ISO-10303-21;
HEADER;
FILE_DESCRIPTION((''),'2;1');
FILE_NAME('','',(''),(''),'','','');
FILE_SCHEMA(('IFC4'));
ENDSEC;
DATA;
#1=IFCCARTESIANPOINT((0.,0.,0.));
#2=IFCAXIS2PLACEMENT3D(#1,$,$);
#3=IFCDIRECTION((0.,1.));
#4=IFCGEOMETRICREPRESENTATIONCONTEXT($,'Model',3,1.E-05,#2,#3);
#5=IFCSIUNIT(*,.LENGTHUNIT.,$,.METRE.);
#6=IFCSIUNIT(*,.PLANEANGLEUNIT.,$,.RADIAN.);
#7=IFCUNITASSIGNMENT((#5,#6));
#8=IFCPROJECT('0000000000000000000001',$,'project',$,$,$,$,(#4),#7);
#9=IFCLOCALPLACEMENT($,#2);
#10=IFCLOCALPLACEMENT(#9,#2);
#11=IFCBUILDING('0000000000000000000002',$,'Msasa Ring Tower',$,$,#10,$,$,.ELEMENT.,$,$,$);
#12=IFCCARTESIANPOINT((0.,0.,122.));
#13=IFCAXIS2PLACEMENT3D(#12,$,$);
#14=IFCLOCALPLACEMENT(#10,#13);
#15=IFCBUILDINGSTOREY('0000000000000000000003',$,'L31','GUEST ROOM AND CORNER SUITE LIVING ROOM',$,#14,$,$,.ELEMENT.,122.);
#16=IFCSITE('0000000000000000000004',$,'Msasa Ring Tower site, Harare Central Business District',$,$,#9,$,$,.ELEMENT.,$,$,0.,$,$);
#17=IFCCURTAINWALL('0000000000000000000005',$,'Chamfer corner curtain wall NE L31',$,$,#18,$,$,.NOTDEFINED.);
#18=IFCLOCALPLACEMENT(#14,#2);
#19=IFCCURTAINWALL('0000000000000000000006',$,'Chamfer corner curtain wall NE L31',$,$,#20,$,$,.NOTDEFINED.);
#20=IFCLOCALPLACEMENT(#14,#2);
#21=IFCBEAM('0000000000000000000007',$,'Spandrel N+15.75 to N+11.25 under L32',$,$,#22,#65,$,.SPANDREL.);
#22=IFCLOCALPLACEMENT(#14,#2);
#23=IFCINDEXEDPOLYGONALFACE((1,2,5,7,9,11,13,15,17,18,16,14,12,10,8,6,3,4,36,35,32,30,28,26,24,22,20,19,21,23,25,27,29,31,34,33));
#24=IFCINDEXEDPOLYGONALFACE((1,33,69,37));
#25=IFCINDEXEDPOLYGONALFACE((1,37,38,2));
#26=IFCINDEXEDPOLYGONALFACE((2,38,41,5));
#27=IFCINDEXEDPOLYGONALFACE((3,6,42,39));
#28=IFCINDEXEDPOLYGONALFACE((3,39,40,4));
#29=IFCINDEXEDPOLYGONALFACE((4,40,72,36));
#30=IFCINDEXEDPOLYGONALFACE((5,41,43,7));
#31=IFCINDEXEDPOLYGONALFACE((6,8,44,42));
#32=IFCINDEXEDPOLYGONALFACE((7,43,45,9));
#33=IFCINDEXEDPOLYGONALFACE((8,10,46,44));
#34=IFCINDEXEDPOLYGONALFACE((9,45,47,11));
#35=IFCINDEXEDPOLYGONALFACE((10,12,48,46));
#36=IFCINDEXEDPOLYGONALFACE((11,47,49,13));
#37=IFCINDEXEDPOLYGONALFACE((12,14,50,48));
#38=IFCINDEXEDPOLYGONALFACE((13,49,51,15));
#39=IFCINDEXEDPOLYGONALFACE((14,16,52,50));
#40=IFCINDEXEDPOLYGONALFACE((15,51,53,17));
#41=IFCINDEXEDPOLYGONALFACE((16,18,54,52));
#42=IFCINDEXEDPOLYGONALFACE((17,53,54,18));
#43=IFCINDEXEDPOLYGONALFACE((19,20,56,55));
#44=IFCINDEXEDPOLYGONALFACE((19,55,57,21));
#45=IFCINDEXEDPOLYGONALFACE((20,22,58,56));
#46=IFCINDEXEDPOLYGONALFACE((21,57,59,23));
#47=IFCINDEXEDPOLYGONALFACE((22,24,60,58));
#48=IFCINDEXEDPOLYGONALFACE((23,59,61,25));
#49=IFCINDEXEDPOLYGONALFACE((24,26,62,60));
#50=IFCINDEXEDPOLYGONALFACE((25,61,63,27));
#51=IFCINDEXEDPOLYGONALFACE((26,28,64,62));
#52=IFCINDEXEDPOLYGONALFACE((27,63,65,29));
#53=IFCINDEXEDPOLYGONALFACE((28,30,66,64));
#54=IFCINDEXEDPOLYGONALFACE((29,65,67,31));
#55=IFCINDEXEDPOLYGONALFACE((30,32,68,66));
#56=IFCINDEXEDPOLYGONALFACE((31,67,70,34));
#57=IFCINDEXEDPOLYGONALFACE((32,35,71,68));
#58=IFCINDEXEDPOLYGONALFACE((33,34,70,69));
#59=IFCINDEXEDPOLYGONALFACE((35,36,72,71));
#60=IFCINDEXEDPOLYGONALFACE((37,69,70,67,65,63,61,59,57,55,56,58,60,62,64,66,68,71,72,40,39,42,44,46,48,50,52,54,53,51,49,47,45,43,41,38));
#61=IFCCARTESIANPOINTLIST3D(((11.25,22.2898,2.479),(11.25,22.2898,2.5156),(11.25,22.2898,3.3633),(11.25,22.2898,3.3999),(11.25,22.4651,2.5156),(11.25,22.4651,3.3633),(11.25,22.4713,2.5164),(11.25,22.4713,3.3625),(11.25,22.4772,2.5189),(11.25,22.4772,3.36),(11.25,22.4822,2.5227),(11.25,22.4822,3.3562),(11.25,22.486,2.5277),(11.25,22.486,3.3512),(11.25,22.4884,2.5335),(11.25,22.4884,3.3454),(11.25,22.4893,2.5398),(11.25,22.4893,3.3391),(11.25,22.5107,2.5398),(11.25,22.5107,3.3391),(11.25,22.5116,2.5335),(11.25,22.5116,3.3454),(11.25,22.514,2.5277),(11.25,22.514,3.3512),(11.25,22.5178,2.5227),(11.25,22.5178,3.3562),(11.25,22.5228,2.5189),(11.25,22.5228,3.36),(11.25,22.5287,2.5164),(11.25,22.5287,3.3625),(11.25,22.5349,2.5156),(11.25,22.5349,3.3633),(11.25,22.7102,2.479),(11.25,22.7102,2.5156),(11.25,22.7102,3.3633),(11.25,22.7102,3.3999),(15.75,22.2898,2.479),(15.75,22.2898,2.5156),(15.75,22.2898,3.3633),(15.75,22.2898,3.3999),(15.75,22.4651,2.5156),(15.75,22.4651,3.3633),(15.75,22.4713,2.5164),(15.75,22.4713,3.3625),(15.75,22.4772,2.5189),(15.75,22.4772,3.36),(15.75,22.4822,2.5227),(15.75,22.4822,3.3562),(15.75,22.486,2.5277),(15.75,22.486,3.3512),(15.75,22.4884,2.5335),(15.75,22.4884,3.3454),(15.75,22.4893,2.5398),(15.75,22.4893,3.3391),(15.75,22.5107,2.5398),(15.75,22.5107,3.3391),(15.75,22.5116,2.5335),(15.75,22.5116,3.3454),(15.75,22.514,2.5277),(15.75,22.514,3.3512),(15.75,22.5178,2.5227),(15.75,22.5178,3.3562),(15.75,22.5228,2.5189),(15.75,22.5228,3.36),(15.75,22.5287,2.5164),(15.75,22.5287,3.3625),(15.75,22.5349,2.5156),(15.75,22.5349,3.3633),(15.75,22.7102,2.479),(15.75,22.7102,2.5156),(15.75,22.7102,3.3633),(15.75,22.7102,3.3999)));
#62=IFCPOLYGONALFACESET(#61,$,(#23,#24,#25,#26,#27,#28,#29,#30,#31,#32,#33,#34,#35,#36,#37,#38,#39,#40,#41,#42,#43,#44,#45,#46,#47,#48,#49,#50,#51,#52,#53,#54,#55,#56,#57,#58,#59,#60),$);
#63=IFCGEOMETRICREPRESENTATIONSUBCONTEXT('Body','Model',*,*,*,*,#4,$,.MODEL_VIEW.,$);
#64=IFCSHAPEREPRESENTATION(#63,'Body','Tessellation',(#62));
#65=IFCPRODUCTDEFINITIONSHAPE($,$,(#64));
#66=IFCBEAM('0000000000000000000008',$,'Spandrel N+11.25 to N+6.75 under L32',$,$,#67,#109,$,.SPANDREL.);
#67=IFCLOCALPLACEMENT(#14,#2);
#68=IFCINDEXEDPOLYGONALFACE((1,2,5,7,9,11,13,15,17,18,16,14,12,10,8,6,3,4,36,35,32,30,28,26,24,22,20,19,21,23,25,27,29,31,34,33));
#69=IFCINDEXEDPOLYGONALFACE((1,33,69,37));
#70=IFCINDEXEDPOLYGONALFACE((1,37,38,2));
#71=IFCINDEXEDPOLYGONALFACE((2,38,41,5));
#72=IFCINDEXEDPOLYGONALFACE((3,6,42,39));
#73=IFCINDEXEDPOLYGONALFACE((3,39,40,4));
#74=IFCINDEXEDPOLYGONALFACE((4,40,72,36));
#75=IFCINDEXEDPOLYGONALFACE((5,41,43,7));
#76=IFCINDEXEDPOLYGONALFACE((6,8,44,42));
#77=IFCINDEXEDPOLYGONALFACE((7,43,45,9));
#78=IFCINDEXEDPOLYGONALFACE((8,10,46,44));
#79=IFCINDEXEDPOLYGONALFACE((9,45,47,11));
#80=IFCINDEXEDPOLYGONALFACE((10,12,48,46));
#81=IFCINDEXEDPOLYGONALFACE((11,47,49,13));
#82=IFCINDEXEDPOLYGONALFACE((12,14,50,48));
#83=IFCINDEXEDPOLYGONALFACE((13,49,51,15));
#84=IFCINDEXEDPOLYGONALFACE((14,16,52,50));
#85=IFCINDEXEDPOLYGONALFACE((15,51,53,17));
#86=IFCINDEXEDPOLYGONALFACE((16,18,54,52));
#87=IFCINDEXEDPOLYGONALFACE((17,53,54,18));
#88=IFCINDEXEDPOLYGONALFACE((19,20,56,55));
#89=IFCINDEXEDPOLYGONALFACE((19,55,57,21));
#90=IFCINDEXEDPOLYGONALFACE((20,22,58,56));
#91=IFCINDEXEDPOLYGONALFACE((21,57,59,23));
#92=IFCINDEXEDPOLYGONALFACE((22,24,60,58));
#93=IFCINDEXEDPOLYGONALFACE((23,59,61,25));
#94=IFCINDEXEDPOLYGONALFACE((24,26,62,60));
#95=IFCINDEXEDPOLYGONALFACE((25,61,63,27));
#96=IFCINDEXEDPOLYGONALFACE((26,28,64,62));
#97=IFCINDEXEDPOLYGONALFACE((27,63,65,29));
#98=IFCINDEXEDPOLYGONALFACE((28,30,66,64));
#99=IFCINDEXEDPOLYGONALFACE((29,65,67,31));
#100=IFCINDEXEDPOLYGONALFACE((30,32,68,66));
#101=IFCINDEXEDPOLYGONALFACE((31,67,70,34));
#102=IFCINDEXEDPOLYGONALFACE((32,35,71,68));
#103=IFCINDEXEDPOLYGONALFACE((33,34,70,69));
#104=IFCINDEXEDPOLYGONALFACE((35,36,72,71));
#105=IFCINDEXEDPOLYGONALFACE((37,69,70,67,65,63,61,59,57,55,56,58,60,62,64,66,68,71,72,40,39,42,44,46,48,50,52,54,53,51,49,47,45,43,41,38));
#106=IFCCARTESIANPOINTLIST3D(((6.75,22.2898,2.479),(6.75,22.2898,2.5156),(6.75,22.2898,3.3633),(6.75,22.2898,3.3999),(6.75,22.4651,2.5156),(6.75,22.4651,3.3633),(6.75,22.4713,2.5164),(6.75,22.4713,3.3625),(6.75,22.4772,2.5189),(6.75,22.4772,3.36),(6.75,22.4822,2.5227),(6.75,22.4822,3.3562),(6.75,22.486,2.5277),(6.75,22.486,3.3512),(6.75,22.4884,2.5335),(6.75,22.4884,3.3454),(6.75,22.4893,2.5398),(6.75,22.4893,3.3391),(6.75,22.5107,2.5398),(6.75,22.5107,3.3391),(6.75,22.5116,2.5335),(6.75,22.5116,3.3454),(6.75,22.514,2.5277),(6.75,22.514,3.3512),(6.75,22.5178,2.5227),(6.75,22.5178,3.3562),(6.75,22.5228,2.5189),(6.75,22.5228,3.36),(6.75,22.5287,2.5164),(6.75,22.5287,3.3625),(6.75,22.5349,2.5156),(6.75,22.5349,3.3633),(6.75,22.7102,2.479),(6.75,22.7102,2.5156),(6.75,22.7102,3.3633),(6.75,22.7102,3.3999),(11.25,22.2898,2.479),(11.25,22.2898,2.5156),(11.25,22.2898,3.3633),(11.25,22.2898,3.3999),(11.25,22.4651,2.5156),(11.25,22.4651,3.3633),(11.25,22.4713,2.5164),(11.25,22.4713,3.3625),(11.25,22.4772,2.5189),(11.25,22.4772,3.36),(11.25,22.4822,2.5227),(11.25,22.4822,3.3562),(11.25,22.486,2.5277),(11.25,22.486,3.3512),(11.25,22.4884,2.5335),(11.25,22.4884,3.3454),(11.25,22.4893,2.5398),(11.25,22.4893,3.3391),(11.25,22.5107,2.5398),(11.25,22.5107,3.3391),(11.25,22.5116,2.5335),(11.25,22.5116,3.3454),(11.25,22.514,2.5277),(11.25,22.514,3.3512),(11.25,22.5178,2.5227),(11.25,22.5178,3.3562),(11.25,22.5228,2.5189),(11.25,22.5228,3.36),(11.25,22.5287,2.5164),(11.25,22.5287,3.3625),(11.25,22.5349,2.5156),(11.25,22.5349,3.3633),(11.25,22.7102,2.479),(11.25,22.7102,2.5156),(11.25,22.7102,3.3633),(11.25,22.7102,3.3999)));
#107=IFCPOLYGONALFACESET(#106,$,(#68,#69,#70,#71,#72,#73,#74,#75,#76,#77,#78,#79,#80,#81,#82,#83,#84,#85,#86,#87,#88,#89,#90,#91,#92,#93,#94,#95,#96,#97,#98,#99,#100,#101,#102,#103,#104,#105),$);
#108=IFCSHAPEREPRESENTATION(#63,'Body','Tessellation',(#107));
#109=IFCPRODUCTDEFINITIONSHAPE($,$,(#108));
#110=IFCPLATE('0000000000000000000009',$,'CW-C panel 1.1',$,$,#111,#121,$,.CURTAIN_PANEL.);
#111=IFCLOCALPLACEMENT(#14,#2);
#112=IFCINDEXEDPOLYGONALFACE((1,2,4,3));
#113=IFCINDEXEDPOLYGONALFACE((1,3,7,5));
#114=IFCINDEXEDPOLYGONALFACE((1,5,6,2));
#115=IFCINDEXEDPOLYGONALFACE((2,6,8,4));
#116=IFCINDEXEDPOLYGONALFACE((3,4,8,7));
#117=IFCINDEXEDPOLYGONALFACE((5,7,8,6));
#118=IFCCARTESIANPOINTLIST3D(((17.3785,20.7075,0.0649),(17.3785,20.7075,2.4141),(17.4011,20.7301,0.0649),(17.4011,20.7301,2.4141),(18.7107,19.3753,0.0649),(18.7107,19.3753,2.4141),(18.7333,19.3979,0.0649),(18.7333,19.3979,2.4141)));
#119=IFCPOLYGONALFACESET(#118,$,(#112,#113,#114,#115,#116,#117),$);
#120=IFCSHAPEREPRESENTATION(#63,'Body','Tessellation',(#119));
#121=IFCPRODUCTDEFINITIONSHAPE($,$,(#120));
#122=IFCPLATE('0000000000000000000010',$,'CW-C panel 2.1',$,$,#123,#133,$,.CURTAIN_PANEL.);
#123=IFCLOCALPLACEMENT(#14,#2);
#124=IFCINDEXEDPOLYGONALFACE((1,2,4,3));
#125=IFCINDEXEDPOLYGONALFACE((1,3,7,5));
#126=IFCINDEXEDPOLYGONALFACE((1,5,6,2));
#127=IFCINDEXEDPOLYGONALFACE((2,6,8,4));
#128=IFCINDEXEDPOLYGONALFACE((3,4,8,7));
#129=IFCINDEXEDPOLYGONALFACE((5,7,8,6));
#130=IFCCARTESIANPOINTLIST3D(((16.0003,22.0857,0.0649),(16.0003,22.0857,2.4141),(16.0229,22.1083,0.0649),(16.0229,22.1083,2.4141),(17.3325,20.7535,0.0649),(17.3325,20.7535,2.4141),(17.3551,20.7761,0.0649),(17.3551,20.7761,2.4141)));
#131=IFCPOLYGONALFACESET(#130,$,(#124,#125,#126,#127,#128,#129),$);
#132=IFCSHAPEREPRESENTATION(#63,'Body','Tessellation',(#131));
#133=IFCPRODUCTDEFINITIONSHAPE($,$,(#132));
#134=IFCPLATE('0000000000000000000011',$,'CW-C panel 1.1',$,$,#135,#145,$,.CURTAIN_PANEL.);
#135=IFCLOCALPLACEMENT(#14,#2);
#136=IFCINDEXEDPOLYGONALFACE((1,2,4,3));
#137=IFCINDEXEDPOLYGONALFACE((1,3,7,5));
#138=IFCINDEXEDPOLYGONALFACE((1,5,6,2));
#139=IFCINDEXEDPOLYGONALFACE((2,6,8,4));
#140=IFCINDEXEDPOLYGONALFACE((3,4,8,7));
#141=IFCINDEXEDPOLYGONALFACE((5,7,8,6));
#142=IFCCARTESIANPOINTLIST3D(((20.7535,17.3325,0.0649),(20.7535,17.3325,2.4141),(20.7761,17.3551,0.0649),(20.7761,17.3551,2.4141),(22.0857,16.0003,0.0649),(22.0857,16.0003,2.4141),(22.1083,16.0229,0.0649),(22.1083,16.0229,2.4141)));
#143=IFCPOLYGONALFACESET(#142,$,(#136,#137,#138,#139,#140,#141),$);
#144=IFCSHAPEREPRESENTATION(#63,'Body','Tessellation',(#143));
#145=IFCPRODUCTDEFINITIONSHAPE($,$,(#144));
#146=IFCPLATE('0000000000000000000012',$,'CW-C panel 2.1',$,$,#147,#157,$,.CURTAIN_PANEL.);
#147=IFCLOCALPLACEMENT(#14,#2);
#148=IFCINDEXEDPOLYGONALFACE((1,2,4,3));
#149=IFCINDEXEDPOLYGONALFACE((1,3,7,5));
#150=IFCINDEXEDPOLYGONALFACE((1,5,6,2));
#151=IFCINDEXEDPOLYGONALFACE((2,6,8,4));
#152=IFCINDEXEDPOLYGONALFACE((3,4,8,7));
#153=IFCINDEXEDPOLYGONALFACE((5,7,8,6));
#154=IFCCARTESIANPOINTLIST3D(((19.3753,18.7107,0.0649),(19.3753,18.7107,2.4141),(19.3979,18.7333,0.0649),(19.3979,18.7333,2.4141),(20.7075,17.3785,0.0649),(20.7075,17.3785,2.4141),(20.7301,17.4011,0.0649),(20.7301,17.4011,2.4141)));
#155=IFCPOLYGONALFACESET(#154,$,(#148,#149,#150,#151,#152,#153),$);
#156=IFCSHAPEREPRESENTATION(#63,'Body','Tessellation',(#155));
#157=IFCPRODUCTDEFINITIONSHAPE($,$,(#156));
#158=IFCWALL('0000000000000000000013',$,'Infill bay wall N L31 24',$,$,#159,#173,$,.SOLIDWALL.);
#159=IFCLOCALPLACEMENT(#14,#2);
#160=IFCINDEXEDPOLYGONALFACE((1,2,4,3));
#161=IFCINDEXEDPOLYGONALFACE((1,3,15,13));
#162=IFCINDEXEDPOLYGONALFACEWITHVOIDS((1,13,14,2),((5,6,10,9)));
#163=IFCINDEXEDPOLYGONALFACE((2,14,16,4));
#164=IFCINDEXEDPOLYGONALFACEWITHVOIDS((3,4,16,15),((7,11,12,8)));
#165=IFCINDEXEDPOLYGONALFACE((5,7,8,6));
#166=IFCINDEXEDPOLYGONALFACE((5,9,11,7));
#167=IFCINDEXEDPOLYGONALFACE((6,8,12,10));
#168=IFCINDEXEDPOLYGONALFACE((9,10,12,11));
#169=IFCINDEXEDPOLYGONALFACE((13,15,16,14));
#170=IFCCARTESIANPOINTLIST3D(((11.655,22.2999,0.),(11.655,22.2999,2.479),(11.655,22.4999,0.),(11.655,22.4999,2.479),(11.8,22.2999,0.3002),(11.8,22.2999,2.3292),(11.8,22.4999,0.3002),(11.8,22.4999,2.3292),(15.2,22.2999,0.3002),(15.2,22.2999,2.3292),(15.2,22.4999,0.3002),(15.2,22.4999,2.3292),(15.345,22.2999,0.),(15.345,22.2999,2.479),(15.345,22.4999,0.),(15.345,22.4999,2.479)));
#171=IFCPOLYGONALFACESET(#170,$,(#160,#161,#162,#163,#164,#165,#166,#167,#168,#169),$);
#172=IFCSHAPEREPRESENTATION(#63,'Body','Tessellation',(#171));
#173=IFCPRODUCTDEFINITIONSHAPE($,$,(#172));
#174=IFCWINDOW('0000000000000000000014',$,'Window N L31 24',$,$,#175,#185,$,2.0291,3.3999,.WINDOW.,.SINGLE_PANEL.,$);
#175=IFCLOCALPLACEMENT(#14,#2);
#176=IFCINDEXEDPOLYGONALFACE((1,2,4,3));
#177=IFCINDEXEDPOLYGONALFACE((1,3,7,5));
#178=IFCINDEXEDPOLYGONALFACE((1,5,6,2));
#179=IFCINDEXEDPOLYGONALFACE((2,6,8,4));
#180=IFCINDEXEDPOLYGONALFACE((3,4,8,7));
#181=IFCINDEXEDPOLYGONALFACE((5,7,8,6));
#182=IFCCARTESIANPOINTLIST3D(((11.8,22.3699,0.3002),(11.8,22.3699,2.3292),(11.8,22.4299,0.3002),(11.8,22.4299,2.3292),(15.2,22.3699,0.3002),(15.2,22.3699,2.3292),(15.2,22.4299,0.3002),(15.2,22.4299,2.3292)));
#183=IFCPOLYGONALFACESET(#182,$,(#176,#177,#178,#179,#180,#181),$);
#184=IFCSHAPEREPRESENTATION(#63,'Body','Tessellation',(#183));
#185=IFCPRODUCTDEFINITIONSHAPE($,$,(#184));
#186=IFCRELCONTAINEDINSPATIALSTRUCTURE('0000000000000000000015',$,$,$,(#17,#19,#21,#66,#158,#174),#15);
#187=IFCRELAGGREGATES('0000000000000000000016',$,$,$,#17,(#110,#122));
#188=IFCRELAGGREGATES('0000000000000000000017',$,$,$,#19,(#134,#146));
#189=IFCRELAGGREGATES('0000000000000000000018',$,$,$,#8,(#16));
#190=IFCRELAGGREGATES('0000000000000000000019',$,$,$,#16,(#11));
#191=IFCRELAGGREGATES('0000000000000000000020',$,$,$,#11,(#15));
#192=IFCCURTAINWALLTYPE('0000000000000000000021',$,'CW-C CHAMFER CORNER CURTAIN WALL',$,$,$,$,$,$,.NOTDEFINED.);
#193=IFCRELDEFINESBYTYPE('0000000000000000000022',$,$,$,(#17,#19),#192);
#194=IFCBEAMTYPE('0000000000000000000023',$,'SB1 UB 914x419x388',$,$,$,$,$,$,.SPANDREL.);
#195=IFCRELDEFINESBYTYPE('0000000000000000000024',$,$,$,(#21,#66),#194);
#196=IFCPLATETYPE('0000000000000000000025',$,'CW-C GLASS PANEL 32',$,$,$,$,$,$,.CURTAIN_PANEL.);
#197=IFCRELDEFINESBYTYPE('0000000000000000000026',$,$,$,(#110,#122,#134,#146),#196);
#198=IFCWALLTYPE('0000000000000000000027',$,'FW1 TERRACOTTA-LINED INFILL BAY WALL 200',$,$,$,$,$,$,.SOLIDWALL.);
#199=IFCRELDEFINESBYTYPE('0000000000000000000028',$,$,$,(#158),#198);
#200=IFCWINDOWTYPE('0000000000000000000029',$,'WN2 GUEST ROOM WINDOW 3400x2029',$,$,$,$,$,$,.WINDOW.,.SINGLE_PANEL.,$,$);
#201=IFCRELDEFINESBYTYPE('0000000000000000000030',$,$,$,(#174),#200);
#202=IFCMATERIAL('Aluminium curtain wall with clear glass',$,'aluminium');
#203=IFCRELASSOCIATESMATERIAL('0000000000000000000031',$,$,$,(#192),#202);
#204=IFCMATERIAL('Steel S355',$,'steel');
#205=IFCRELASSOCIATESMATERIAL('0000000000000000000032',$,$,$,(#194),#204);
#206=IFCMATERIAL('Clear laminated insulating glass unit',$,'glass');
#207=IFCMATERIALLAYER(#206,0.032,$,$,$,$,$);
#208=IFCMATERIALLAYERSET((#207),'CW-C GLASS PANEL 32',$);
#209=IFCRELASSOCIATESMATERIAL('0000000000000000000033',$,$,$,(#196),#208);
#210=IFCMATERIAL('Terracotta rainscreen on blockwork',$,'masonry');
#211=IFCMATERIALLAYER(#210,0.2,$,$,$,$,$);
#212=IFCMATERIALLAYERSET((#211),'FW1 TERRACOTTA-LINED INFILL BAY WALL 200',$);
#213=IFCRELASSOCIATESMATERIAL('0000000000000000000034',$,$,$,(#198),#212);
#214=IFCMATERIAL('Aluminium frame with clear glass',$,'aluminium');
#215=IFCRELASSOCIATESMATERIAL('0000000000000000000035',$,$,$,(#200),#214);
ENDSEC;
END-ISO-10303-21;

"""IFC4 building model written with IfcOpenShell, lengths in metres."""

from ifc_helpers import new_model, si_unit, direction, frame, frame_2d, origin, origin_2d, place, context, subcontext, project, spatial, rectangle, i_section, extrude, material, layer, layer_set, material_profile, profile_set, type_object, element, fill, aggregate, save


model = new_model("IFC4")

# Units and contexts
model_context = context("Model", 3, precision=1e-05, world=origin(), true_north=direction((0.0, 1.0)))
body_context = subcontext(model_context, "Body", "Model", "MODEL_VIEW")
ifc_project = project(units=[si_unit("LENGTHUNIT", "METRE"), si_unit("PLANEANGLEUNIT", "RADIAN")], contexts=[model_context])

# Site, building, storey
site_placement = place(None, origin())
site = spatial("IfcSite", under=ifc_project, at=site_placement, Name="Msasa Ring Tower site, Harare Central Business District", CompositionType="ELEMENT", RefElevation=0.0)
building_placement = place(site_placement, origin())
building = spatial("IfcBuilding", under=site, at=building_placement, Name="Msasa Ring Tower", CompositionType="ELEMENT")
storey_placement = place(building_placement, frame((0.0, 0.0, 122.0)))
storey = spatial("IfcBuildingStorey", under=building, at=storey_placement, Name="L31", Description="GUEST ROOM AND CORNER SUITE LIVING ROOM", CompositionType="ELEMENT", Elevation=122.0)

# Curtain walls
ifc_material_1 = material(Name="Aluminium curtain wall with clear glass", Category="aluminium")
curtain_wall_type = type_object("IfcCurtainWallType", Name="CW-C CHAMFER CORNER CURTAIN WALL", PredefinedType="NOTDEFINED", material=ifc_material_1)
curtain_wall_1_placement = place(storey_placement, origin())
curtain_wall_1 = element("IfcCurtainWall", 1, at=curtain_wall_1_placement, inside=storey, type_object=curtain_wall_type, Name="Chamfer corner curtain wall NE L31", PredefinedType="NOTDEFINED")
curtain_wall_2_placement = place(storey_placement, origin())
curtain_wall_2 = element("IfcCurtainWall", 2, at=curtain_wall_2_placement, inside=storey, type_object=curtain_wall_type, Name="Chamfer corner curtain wall NE L31", PredefinedType="NOTDEFINED")

# Beams
ifc_material_2 = material(Name="Steel S355", Category="steel")
ifc_material_profile_1 = material_profile(ifc_material_2, i_section(OverallWidth=0.4204, OverallDepth=0.9209, WebThickness=0.0215, FlangeThickness=0.0366, FilletRadius=0.0242, at=origin_2d()), Name="UB 914x419x388")
ifc_profile_set_1 = profile_set([ifc_material_profile_1], Name="Steel S355")
beam_type_1 = type_object("IfcBeamType", Name="SB1 UB 914x419x388", PredefinedType="SPANDREL", material=ifc_profile_set_1)
for number, where, z_axis, x_axis, name in (
    (3, (15.75, 22.5, 2.9395), (-1.0, 0.0, 0.0), (0.0, -1.0, 0.0), "Spandrel N+15.75 to N+11.25 under L32"),
    (4, (11.25, 22.5, 2.9395), (-1.0, 0.0, 0.0), (0.0, -1.0, 0.0), "Spandrel N+11.25 to N+6.75 under L32"),
):
    element("IfcBeam", number, at=place(storey_placement, frame(where, z_axis=z_axis, x_axis=x_axis)), inside=storey, type_object=beam_type_1, Name=name, PredefinedType="SPANDREL", context=body_context, shape_type="SweptSolid", body=[
        extrude(i_section(OverallWidth=0.4204, OverallDepth=0.9209, WebThickness=0.0215, FlangeThickness=0.0366, FilletRadius=0.0242, at=origin_2d()), origin(), (0.0, 0.0, 1.0), 4.5),
    ])

# Plates
ifc_material_3 = material(Name="Clear laminated insulating glass unit", Category="glass")
ifc_layer_1 = layer(ifc_material_3, 0.032)
ifc_layer_set_1 = layer_set([ifc_layer_1], Name="CW-C GLASS PANEL 32")
plate_type = type_object("IfcPlateType", Name="CW-C GLASS PANEL 32", PredefinedType="CURTAIN_PANEL", material=ifc_layer_set_1)
plate_1_placement = place(storey_placement, frame((18.0559, 20.0527, 0.0649), z_axis=(0.0, 0.0, 1.0), x_axis=(-0.707107, 0.707107, 0.0)))
plate_1 = element("IfcPlate", 5, at=plate_1_placement, type_object=plate_type, Name="CW-C panel 1.1", PredefinedType="CURTAIN_PANEL", context=body_context, shape_type="SweptSolid", body=[
    extrude(rectangle(XDim=1.884, YDim=0.032, at=origin_2d()), origin(), (0.0, 0.0, 1.0), 2.3491),
])
plate_2_placement = place(storey_placement, frame((16.6777, 21.4309, 0.0649), z_axis=(0.0, 0.0, 1.0), x_axis=(-0.707107, 0.707107, 0.0)))
plate_2 = element("IfcPlate", 6, at=plate_2_placement, type_object=plate_type, Name="CW-C panel 2.1", PredefinedType="CURTAIN_PANEL", context=body_context, shape_type="SweptSolid", body=[
    extrude(rectangle(XDim=1.884, YDim=0.032, at=origin_2d()), origin(), (0.0, 0.0, 1.0), 2.3491),
])
aggregate(curtain_wall_1, [plate_1, plate_2])
plate_3_placement = place(storey_placement, frame((21.4309, 16.6777, 0.0649), z_axis=(0.0, 0.0, 1.0), x_axis=(-0.707107, 0.707107, 0.0)))
plate_3 = element("IfcPlate", 7, at=plate_3_placement, type_object=plate_type, Name="CW-C panel 1.1", PredefinedType="CURTAIN_PANEL", context=body_context, shape_type="SweptSolid", body=[
    extrude(rectangle(XDim=1.884, YDim=0.032, at=origin_2d()), origin(), (0.0, 0.0, 1.0), 2.3491),
])
plate_4_placement = place(storey_placement, frame((20.0527, 18.0559, 0.0649), z_axis=(0.0, 0.0, 1.0), x_axis=(-0.707107, 0.707107, 0.0)))
plate_4 = element("IfcPlate", 8, at=plate_4_placement, type_object=plate_type, Name="CW-C panel 2.1", PredefinedType="CURTAIN_PANEL", context=body_context, shape_type="SweptSolid", body=[
    extrude(rectangle(XDim=1.884, YDim=0.032, at=origin_2d()), origin(), (0.0, 0.0, 1.0), 2.3491),
])
aggregate(curtain_wall_2, [plate_3, plate_4])

# Wall, opening, window
ifc_material_4 = material(Name="Terracotta rainscreen on blockwork", Category="masonry")
ifc_layer_2 = layer(ifc_material_4, 0.2)
ifc_layer_set_2 = layer_set([ifc_layer_2], Name="FW1 TERRACOTTA-LINED INFILL BAY WALL 200")
wall_type = type_object("IfcWallType", Name="FW1 TERRACOTTA-LINED INFILL BAY WALL 200", PredefinedType="SOLIDWALL", material=ifc_layer_set_2)
wall_placement = place(storey_placement, frame((11.655, 22.3999, 0.0), z_axis=(0.0, 0.0, 1.0), x_axis=(1.0, 0.0, 0.0)))
wall = element("IfcWall", 9, at=wall_placement, inside=storey, type_object=wall_type, Name="Infill bay wall N L31 24", PredefinedType="SOLIDWALL", context=body_context, shape_type="SweptSolid", body=[
    extrude(rectangle(XDim=3.6899, YDim=0.2, at=frame_2d((1.845, 0.0))), origin(), (0.0, 0.0, 1.0), 2.479),
])
opening_placement = place(wall_placement, frame((0.145, 0.0, 0.3)))
opening = element("IfcOpeningElement", 10, at=opening_placement, cuts=wall, PredefinedType="OPENING", context=body_context, shape_type="SweptSolid", body=[
    extrude(rectangle(XDim=3.3999, YDim=2.0291, at=frame_2d((1.7, 1.0146))), frame((0.0, 0.1099, 0.0), z_axis=(0.0, -1.0, 0.0), x_axis=(1.0, 0.0, 0.0)), (0.0, 0.0, 1.0), 0.22),
])
ifc_material_5 = material(Name="Aluminium frame with clear glass", Category="aluminium")
window_type = type_object("IfcWindowType", Name="WN2 GUEST ROOM WINDOW 3400x2029", PartitioningType="SINGLE_PANEL", PredefinedType="WINDOW", material=ifc_material_5)
window_placement = place(opening_placement, origin())
window = element("IfcWindow", 11, at=window_placement, inside=storey, type_object=window_type, Name="Window N L31 24", OverallHeight=2.0291, OverallWidth=3.3999, PartitioningType="SINGLE_PANEL", PredefinedType="WINDOW", context=body_context, shape_type="SweptSolid", body=[
    extrude(rectangle(XDim=3.3999, YDim=2.0291, at=frame_2d((1.7, 1.0146))), frame((0.0, 0.03, 0.0), z_axis=(0.0, -1.0, 0.0), x_axis=(1.0, 0.0, 0.0)), (0.0, 0.0, 1.0), 0.0601),
])
fill(opening, window)

save(model, "model.ifc")
